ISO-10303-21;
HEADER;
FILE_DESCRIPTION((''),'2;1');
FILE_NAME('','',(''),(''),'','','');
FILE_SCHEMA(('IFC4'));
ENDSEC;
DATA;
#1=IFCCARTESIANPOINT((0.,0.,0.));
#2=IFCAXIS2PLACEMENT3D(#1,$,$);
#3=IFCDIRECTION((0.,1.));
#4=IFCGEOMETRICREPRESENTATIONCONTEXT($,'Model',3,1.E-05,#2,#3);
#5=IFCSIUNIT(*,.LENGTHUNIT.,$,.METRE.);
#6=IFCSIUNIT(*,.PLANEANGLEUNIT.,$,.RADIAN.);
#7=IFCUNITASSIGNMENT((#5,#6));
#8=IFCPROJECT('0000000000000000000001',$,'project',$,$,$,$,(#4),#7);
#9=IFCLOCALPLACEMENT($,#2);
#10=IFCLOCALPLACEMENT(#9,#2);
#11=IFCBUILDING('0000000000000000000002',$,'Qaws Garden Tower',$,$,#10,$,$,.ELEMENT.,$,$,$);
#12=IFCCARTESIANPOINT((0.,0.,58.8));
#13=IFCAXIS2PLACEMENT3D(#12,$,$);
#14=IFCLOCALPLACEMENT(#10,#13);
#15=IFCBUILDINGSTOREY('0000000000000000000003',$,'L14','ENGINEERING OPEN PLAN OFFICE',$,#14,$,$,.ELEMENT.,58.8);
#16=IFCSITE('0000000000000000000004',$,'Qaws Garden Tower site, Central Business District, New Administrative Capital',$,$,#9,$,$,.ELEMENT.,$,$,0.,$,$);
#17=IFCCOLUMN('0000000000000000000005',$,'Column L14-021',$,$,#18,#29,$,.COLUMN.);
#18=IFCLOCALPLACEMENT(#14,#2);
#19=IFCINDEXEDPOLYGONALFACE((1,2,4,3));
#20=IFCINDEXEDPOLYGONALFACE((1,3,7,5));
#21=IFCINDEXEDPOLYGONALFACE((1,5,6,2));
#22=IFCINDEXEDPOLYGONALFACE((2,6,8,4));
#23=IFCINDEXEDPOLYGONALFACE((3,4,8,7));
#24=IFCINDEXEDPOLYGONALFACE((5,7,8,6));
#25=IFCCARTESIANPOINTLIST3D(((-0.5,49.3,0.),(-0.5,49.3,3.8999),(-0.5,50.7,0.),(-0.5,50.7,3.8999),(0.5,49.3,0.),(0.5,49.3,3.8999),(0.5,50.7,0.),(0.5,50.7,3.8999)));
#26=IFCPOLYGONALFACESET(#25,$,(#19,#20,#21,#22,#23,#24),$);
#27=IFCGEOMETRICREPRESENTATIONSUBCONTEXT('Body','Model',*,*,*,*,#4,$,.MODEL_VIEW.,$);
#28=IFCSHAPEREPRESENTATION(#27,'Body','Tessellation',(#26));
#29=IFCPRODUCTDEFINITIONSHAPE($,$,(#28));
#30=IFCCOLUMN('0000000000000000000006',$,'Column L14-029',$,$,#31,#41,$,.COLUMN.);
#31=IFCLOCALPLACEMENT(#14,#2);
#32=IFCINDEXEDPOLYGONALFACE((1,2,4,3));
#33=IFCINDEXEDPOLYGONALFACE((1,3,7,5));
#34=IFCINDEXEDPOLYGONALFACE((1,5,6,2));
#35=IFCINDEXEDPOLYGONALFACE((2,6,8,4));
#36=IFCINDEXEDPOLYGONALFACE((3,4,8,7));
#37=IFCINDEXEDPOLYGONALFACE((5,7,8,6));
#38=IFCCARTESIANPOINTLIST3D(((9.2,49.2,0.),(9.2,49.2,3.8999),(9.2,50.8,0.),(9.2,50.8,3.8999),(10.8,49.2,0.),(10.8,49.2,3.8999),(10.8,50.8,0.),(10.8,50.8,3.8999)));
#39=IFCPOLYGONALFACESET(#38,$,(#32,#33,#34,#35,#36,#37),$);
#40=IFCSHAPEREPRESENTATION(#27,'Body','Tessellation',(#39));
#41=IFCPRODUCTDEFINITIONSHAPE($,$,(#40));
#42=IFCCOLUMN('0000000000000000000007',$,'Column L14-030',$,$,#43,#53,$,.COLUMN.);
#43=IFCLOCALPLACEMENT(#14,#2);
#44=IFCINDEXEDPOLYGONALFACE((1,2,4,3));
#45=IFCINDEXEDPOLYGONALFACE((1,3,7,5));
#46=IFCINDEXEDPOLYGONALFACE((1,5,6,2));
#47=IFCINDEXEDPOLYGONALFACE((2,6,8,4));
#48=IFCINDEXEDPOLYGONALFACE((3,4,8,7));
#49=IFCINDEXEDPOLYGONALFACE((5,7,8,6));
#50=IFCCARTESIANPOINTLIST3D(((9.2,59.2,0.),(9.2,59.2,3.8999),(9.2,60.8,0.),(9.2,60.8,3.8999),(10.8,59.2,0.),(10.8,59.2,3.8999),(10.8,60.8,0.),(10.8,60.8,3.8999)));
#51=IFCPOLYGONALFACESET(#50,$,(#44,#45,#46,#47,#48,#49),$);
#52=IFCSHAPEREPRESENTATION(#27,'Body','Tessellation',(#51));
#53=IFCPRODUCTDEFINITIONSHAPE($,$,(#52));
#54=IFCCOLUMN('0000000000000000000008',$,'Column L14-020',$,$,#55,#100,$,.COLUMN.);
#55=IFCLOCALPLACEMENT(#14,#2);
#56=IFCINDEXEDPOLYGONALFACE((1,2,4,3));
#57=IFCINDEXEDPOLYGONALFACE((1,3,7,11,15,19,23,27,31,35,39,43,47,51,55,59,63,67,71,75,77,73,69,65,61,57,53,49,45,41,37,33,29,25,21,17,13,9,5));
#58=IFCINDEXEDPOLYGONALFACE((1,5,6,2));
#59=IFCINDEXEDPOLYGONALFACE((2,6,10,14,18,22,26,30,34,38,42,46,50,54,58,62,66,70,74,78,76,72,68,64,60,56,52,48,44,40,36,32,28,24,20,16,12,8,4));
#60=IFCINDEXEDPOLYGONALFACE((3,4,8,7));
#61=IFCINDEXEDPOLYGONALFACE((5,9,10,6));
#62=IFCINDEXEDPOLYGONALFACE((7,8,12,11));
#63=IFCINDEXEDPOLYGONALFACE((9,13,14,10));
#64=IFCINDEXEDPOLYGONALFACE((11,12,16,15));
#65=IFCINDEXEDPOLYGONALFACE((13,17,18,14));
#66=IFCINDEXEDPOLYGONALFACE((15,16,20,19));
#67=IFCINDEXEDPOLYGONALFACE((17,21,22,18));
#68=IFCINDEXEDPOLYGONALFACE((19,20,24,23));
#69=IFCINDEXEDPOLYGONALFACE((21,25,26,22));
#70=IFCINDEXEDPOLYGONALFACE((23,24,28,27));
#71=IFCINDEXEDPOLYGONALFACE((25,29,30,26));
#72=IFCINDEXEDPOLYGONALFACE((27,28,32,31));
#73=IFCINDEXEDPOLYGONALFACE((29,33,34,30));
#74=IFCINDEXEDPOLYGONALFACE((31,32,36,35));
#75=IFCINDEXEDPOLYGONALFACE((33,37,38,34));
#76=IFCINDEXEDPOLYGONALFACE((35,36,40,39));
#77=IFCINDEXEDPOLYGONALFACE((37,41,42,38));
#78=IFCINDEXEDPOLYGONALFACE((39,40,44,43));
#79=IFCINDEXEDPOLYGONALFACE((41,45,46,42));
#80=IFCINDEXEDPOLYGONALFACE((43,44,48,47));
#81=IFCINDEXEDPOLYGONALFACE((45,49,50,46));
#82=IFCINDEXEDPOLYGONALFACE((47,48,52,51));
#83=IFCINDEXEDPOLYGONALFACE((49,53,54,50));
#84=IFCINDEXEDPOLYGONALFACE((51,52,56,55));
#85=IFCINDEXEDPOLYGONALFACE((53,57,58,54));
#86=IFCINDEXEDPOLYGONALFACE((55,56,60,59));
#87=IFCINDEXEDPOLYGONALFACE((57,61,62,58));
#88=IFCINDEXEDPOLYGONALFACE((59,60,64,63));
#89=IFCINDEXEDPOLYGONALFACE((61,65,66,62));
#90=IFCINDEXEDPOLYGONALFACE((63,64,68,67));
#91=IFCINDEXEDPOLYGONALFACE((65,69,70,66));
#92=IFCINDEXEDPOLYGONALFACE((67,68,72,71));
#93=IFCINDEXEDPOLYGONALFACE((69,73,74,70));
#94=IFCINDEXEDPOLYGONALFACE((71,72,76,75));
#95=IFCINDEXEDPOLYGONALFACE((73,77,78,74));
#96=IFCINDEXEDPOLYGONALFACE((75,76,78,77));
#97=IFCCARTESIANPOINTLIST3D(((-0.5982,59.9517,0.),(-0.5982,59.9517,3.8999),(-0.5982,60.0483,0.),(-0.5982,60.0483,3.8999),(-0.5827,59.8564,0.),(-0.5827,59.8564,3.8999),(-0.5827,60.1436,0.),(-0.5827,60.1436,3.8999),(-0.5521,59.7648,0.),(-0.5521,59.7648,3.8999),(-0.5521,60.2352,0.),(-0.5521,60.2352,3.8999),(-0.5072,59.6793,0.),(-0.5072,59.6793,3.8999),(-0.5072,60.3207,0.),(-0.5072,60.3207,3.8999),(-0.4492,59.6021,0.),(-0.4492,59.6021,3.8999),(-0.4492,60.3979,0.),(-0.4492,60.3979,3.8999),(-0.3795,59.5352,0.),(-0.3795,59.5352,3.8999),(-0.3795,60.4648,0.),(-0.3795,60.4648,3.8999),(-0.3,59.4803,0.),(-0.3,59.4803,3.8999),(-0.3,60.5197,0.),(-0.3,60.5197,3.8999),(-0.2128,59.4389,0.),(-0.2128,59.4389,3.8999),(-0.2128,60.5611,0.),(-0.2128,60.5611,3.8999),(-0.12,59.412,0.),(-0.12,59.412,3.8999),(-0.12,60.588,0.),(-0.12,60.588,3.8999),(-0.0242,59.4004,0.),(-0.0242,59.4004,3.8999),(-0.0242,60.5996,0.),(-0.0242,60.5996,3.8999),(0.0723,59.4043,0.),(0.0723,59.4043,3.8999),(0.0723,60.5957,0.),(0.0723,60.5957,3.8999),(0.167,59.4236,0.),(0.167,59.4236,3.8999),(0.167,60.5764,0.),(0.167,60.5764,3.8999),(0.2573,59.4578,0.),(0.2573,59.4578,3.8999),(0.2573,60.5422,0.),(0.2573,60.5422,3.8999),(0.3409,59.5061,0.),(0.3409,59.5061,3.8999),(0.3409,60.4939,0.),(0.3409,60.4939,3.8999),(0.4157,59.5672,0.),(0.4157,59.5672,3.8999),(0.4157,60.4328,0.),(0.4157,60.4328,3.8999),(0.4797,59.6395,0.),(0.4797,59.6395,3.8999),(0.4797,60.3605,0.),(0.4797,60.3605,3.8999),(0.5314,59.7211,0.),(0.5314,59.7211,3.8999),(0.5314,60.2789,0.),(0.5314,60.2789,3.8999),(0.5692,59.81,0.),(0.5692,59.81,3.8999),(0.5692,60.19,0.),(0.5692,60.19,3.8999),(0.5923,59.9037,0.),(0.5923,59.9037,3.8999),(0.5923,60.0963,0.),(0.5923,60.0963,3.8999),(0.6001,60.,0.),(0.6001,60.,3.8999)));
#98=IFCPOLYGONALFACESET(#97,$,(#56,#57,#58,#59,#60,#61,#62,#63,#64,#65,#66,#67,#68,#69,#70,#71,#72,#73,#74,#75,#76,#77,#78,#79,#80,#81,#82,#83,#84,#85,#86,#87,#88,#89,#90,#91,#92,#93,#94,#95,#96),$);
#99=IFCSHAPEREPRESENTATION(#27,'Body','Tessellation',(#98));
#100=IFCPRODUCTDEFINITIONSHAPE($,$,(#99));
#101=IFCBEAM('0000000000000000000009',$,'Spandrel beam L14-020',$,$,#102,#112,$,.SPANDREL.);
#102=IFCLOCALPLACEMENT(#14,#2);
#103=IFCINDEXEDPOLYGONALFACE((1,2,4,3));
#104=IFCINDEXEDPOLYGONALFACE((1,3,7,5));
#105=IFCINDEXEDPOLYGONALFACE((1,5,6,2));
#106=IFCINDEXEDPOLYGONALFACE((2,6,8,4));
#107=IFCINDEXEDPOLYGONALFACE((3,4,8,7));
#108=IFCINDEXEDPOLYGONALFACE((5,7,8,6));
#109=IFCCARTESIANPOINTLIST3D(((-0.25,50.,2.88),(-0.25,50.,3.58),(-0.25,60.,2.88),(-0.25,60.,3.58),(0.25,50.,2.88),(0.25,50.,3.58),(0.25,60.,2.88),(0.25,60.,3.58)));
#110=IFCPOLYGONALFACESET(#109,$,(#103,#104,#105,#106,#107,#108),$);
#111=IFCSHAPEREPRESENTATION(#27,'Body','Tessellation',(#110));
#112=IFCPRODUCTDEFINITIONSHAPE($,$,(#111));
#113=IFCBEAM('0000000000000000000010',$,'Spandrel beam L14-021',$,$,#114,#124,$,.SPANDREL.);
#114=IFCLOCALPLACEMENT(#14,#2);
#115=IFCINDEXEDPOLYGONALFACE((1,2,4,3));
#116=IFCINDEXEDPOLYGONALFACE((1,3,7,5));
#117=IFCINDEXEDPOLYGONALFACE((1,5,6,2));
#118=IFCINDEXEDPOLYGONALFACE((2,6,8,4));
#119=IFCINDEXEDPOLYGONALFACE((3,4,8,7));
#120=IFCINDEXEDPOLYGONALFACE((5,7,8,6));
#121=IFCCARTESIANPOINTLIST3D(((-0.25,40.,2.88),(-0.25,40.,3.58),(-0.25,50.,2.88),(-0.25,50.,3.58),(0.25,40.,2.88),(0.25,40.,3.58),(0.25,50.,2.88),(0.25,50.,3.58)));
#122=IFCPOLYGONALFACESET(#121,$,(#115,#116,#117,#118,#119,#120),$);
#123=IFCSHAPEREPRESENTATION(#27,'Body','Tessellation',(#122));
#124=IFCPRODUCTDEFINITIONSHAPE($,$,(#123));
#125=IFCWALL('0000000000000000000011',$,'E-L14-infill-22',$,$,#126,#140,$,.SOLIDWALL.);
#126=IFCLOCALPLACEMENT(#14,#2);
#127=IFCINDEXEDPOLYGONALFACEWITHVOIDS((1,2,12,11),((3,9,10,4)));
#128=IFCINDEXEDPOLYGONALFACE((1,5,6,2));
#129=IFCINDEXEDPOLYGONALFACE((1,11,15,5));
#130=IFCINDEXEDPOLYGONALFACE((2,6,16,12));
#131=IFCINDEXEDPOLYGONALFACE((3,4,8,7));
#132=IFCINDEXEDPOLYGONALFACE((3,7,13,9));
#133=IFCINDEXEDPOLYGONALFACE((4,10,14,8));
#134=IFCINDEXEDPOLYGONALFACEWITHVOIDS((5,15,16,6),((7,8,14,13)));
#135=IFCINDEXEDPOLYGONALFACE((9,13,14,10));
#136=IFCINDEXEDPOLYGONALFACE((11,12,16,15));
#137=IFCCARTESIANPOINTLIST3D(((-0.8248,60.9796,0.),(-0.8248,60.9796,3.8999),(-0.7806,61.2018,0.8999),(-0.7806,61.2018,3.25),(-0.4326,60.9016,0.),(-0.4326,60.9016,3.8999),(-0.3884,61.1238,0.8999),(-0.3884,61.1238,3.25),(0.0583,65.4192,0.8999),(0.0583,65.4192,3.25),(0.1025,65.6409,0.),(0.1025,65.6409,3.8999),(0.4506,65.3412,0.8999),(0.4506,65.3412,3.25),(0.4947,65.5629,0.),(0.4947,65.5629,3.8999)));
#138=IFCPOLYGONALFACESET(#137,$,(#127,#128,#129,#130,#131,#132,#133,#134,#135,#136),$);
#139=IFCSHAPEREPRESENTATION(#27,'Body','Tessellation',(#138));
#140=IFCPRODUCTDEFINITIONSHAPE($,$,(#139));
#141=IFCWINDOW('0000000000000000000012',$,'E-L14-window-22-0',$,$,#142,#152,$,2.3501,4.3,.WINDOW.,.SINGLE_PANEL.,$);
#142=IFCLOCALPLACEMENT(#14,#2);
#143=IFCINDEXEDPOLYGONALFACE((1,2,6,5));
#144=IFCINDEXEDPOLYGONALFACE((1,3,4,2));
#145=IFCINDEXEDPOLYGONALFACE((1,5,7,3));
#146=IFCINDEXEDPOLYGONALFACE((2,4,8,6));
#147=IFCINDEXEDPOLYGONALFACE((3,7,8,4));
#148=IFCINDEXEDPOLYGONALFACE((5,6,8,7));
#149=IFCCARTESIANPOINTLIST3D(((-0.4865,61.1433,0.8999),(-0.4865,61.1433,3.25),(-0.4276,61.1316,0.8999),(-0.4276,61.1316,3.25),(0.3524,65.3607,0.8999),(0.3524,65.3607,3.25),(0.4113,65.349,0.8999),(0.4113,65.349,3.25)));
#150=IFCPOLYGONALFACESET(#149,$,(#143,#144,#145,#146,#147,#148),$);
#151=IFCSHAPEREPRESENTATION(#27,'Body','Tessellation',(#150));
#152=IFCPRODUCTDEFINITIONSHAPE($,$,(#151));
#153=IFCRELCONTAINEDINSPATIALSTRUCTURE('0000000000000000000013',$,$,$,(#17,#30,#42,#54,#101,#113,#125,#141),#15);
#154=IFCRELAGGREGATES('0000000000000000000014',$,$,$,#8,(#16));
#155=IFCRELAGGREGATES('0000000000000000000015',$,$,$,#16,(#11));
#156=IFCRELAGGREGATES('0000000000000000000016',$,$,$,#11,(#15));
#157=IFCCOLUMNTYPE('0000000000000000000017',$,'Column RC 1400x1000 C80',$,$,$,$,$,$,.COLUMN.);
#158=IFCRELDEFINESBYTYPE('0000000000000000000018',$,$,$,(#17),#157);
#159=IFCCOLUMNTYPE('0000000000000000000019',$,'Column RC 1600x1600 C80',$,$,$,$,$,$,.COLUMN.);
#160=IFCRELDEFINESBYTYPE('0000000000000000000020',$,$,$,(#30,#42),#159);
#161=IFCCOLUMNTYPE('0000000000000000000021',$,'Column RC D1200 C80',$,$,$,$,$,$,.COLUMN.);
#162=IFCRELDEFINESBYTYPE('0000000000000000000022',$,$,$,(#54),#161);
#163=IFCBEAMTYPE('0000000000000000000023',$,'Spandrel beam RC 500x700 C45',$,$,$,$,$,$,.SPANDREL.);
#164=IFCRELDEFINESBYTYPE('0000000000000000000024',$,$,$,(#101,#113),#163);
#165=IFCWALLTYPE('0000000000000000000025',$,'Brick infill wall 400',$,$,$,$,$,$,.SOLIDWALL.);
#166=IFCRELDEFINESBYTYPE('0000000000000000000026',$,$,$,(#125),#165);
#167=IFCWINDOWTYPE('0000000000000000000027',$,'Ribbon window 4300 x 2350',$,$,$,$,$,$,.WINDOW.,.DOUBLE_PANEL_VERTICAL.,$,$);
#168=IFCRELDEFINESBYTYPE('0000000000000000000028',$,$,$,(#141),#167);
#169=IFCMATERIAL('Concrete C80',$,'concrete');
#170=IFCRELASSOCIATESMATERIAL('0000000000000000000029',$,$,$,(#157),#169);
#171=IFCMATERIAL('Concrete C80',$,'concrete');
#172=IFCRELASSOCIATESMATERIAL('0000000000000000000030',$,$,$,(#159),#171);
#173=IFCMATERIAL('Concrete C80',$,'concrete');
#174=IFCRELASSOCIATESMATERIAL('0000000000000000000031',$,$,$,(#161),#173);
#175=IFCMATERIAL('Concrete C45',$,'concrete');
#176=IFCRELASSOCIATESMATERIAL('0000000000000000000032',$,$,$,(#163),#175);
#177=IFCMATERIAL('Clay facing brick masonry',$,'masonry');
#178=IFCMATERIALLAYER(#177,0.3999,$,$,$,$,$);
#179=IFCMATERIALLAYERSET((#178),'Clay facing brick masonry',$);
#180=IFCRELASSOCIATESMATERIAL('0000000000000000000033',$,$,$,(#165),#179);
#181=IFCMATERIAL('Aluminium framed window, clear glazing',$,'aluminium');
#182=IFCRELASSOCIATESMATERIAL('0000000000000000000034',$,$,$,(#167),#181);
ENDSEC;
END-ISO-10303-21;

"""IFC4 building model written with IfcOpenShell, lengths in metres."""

from ifc_helpers import new_model, si_unit, direction, frame, frame_2d, origin, origin_2d, place, context, subcontext, project, spatial, rectangle, circle, extrude, material, layer, layer_set, material_profile, profile_set, type_object, element, fill, save


model = new_model("IFC4")

# Units and contexts
model_context = context("Model", 3, precision=1e-05, world=origin(), true_north=direction((0.0, 1.0)))
body_context = subcontext(model_context, "Body", "Model", "MODEL_VIEW")
ifc_project = project(units=[si_unit("LENGTHUNIT", "METRE"), si_unit("PLANEANGLEUNIT", "RADIAN")], contexts=[model_context])

# Site, building, storey
site_placement = place(None, origin())
site = spatial("IfcSite", under=ifc_project, at=site_placement, Name="Qaws Garden Tower site, Central Business District, New Administrative Capital", CompositionType="ELEMENT", RefElevation=0.0)
building_placement = place(site_placement, origin())
building = spatial("IfcBuilding", under=site, at=building_placement, Name="Qaws Garden Tower", CompositionType="ELEMENT")
storey_placement = place(building_placement, frame((0.0, 0.0, 58.8)))
storey = spatial("IfcBuildingStorey", under=building, at=storey_placement, Name="L14", Description="ENGINEERING OPEN PLAN OFFICE", CompositionType="ELEMENT", Elevation=58.8)

# Columns
ifc_material_1 = material(Name="Concrete C80", Category="concrete")
ifc_material_profile_1 = material_profile(ifc_material_1, rectangle(XDim=1.3999, YDim=1.0, at=origin_2d()), Name="RC 1400x1000")
ifc_profile_set_1 = profile_set([ifc_material_profile_1], Name="Concrete C80")
column_type_1 = type_object("IfcColumnType", Name="Column RC 1400x1000 C80", PredefinedType="COLUMN", material=ifc_profile_set_1)
column_1_placement = place(storey_placement, frame((0.0, 50.0, 0.0), z_axis=(0.0, 0.0, 1.0), x_axis=(0.0, 1.0, 0.0)))
element("IfcColumn", 1, at=column_1_placement, inside=storey, type_object=column_type_1, Name="Column L14-021", PredefinedType="COLUMN", context=body_context, shape_type="SweptSolid", body=[
    extrude(rectangle(XDim=1.3999, YDim=1.0, at=origin_2d()), origin(), (0.0, 0.0, 1.0), 3.8999),
])
ifc_material_2 = material(Name="Concrete C80", Category="concrete")
ifc_material_profile_2 = material_profile(ifc_material_2, rectangle(XDim=1.6001, YDim=1.6001, at=origin_2d()), Name="RC 1600x1600")
ifc_profile_set_2 = profile_set([ifc_material_profile_2], Name="Concrete C80")
column_type_2 = type_object("IfcColumnType", Name="Column RC 1600x1600 C80", PredefinedType="COLUMN", material=ifc_profile_set_2)
for number, where, z_axis, x_axis, name in (
    (2, (10.0, 50.0, 0.0), (0.0, 0.0, 1.0), (1.0, 0.0, 0.0), "Column L14-029"),
    (3, (10.0, 60.0, 0.0), (0.0, 0.0, 1.0), (1.0, 0.0, 0.0), "Column L14-030"),
):
    element("IfcColumn", number, at=place(storey_placement, frame(where, z_axis=z_axis, x_axis=x_axis)), inside=storey, type_object=column_type_2, Name=name, PredefinedType="COLUMN", context=body_context, shape_type="SweptSolid", body=[
        extrude(rectangle(XDim=1.6001, YDim=1.6001, at=origin_2d()), origin(), (0.0, 0.0, 1.0), 3.8999),
    ])
ifc_material_3 = material(Name="Concrete C80", Category="concrete")
ifc_material_profile_3 = material_profile(ifc_material_3, circle(Radius=0.6001, at=origin_2d()), Name="RC D1200")
ifc_profile_set_3 = profile_set([ifc_material_profile_3], Name="Concrete C80")
column_type_3 = type_object("IfcColumnType", Name="Column RC D1200 C80", PredefinedType="COLUMN", material=ifc_profile_set_3)
column_2_placement = place(storey_placement, frame((0.0, 60.0, 0.0), z_axis=(0.0, 0.0, 1.0), x_axis=(1.0, 0.0, 0.0)))
element("IfcColumn", 4, at=column_2_placement, inside=storey, type_object=column_type_3, Name="Column L14-020", PredefinedType="COLUMN", context=body_context, shape_type="SweptSolid", body=[
    extrude(circle(Radius=0.6001, at=origin_2d()), origin(), (0.0, 0.0, 1.0), 3.8999),
])

# Beams
ifc_material_4 = material(Name="Concrete C45", Category="concrete")
ifc_material_profile_4 = material_profile(ifc_material_4, rectangle(XDim=0.5, YDim=0.7, at=origin_2d()), Name="RC 500x700")
ifc_profile_set_4 = profile_set([ifc_material_profile_4], Name="Concrete C45")
beam_type = type_object("IfcBeamType", Name="Spandrel beam RC 500x700 C45", PredefinedType="SPANDREL", material=ifc_profile_set_4)
for number, where, z_axis, x_axis, name in (
    (5, (0.0, 60.0, 3.23), (0.0, -1.0, 0.0), (1.0, 0.0, 0.0), "Spandrel beam L14-020"),
    (6, (0.0, 50.0, 3.23), (0.0, -1.0, 0.0), (1.0, 0.0, 0.0), "Spandrel beam L14-021"),
):
    element("IfcBeam", number, at=place(storey_placement, frame(where, z_axis=z_axis, x_axis=x_axis)), inside=storey, type_object=beam_type, Name=name, PredefinedType="SPANDREL", context=body_context, shape_type="SweptSolid", body=[
        extrude(rectangle(XDim=0.5, YDim=0.7, at=origin_2d()), origin(), (0.0, 0.0, 1.0), 10.0),
    ])

# Wall, opening, window
ifc_material_5 = material(Name="Clay facing brick masonry", Category="masonry")
ifc_layer_1 = layer(ifc_material_5, 0.3999)
ifc_layer_set_1 = layer_set([ifc_layer_1], Name="Clay facing brick masonry")
wall_type_1 = type_object("IfcWallType", Name="Brick infill wall 400", PredefinedType="SOLIDWALL", material=ifc_layer_set_1)
wall_1_placement = place(storey_placement, frame((0.2986, 65.6021, 0.0), z_axis=(0.0, 0.0, 1.0), x_axis=(-0.195099, -0.980784, 0.0)))
wall_1 = element("IfcWall", 7, at=wall_1_placement, inside=storey, type_object=wall_type_1, Name="E-L14-infill-22", PredefinedType="SOLIDWALL", context=body_context, shape_type="SweptSolid", body=[
    extrude(rectangle(XDim=4.7527, YDim=0.3999, at=frame_2d((2.3765, 0.0))), origin(), (0.0, 0.0, 1.0), 3.8999),
])
opening_1_placement = place(wall_1_placement, frame((0.2263, 0.0, 0.8999)))
opening_1 = element("IfcOpeningElement", 8, at=opening_1_placement, cuts=wall_1, PredefinedType="OPENING", context=body_context, shape_type="SweptSolid", body=[
    extrude(rectangle(XDim=4.3, YDim=2.3501, at=frame_2d((2.1499, 1.175))), frame((0.0, 0.21, 0.0), z_axis=(0.0, -1.0, 0.0), x_axis=(1.0, 0.0, 0.0)), (0.0, 0.0, 1.0), 0.4199),
])
ifc_material_6 = material(Name="Aluminium framed window, clear glazing", Category="aluminium")
window_type_1 = type_object("IfcWindowType", Name="Ribbon window 4300 x 2350", PartitioningType="DOUBLE_PANEL_VERTICAL", PredefinedType="WINDOW", material=ifc_material_6)
window_1_placement = place(opening_1_placement, origin())
window_1 = element("IfcWindow", 9, at=window_1_placement, inside=storey, type_object=window_type_1, Name="E-L14-window-22-0", OverallHeight=2.3501, OverallWidth=4.3, PartitioningType="SINGLE_PANEL", PredefinedType="WINDOW", context=body_context, shape_type="SweptSolid", body=[
    extrude(rectangle(XDim=4.3, YDim=2.3501, at=frame_2d((2.1499, 1.175))), frame((0.0, 0.1599, 0.0), z_axis=(0.0, -1.0, 0.0), x_axis=(1.0, 0.0, 0.0)), (0.0, 0.0, 1.0), 0.0601),
])
fill(opening_1, window_1)

save(model, "model.ifc")
